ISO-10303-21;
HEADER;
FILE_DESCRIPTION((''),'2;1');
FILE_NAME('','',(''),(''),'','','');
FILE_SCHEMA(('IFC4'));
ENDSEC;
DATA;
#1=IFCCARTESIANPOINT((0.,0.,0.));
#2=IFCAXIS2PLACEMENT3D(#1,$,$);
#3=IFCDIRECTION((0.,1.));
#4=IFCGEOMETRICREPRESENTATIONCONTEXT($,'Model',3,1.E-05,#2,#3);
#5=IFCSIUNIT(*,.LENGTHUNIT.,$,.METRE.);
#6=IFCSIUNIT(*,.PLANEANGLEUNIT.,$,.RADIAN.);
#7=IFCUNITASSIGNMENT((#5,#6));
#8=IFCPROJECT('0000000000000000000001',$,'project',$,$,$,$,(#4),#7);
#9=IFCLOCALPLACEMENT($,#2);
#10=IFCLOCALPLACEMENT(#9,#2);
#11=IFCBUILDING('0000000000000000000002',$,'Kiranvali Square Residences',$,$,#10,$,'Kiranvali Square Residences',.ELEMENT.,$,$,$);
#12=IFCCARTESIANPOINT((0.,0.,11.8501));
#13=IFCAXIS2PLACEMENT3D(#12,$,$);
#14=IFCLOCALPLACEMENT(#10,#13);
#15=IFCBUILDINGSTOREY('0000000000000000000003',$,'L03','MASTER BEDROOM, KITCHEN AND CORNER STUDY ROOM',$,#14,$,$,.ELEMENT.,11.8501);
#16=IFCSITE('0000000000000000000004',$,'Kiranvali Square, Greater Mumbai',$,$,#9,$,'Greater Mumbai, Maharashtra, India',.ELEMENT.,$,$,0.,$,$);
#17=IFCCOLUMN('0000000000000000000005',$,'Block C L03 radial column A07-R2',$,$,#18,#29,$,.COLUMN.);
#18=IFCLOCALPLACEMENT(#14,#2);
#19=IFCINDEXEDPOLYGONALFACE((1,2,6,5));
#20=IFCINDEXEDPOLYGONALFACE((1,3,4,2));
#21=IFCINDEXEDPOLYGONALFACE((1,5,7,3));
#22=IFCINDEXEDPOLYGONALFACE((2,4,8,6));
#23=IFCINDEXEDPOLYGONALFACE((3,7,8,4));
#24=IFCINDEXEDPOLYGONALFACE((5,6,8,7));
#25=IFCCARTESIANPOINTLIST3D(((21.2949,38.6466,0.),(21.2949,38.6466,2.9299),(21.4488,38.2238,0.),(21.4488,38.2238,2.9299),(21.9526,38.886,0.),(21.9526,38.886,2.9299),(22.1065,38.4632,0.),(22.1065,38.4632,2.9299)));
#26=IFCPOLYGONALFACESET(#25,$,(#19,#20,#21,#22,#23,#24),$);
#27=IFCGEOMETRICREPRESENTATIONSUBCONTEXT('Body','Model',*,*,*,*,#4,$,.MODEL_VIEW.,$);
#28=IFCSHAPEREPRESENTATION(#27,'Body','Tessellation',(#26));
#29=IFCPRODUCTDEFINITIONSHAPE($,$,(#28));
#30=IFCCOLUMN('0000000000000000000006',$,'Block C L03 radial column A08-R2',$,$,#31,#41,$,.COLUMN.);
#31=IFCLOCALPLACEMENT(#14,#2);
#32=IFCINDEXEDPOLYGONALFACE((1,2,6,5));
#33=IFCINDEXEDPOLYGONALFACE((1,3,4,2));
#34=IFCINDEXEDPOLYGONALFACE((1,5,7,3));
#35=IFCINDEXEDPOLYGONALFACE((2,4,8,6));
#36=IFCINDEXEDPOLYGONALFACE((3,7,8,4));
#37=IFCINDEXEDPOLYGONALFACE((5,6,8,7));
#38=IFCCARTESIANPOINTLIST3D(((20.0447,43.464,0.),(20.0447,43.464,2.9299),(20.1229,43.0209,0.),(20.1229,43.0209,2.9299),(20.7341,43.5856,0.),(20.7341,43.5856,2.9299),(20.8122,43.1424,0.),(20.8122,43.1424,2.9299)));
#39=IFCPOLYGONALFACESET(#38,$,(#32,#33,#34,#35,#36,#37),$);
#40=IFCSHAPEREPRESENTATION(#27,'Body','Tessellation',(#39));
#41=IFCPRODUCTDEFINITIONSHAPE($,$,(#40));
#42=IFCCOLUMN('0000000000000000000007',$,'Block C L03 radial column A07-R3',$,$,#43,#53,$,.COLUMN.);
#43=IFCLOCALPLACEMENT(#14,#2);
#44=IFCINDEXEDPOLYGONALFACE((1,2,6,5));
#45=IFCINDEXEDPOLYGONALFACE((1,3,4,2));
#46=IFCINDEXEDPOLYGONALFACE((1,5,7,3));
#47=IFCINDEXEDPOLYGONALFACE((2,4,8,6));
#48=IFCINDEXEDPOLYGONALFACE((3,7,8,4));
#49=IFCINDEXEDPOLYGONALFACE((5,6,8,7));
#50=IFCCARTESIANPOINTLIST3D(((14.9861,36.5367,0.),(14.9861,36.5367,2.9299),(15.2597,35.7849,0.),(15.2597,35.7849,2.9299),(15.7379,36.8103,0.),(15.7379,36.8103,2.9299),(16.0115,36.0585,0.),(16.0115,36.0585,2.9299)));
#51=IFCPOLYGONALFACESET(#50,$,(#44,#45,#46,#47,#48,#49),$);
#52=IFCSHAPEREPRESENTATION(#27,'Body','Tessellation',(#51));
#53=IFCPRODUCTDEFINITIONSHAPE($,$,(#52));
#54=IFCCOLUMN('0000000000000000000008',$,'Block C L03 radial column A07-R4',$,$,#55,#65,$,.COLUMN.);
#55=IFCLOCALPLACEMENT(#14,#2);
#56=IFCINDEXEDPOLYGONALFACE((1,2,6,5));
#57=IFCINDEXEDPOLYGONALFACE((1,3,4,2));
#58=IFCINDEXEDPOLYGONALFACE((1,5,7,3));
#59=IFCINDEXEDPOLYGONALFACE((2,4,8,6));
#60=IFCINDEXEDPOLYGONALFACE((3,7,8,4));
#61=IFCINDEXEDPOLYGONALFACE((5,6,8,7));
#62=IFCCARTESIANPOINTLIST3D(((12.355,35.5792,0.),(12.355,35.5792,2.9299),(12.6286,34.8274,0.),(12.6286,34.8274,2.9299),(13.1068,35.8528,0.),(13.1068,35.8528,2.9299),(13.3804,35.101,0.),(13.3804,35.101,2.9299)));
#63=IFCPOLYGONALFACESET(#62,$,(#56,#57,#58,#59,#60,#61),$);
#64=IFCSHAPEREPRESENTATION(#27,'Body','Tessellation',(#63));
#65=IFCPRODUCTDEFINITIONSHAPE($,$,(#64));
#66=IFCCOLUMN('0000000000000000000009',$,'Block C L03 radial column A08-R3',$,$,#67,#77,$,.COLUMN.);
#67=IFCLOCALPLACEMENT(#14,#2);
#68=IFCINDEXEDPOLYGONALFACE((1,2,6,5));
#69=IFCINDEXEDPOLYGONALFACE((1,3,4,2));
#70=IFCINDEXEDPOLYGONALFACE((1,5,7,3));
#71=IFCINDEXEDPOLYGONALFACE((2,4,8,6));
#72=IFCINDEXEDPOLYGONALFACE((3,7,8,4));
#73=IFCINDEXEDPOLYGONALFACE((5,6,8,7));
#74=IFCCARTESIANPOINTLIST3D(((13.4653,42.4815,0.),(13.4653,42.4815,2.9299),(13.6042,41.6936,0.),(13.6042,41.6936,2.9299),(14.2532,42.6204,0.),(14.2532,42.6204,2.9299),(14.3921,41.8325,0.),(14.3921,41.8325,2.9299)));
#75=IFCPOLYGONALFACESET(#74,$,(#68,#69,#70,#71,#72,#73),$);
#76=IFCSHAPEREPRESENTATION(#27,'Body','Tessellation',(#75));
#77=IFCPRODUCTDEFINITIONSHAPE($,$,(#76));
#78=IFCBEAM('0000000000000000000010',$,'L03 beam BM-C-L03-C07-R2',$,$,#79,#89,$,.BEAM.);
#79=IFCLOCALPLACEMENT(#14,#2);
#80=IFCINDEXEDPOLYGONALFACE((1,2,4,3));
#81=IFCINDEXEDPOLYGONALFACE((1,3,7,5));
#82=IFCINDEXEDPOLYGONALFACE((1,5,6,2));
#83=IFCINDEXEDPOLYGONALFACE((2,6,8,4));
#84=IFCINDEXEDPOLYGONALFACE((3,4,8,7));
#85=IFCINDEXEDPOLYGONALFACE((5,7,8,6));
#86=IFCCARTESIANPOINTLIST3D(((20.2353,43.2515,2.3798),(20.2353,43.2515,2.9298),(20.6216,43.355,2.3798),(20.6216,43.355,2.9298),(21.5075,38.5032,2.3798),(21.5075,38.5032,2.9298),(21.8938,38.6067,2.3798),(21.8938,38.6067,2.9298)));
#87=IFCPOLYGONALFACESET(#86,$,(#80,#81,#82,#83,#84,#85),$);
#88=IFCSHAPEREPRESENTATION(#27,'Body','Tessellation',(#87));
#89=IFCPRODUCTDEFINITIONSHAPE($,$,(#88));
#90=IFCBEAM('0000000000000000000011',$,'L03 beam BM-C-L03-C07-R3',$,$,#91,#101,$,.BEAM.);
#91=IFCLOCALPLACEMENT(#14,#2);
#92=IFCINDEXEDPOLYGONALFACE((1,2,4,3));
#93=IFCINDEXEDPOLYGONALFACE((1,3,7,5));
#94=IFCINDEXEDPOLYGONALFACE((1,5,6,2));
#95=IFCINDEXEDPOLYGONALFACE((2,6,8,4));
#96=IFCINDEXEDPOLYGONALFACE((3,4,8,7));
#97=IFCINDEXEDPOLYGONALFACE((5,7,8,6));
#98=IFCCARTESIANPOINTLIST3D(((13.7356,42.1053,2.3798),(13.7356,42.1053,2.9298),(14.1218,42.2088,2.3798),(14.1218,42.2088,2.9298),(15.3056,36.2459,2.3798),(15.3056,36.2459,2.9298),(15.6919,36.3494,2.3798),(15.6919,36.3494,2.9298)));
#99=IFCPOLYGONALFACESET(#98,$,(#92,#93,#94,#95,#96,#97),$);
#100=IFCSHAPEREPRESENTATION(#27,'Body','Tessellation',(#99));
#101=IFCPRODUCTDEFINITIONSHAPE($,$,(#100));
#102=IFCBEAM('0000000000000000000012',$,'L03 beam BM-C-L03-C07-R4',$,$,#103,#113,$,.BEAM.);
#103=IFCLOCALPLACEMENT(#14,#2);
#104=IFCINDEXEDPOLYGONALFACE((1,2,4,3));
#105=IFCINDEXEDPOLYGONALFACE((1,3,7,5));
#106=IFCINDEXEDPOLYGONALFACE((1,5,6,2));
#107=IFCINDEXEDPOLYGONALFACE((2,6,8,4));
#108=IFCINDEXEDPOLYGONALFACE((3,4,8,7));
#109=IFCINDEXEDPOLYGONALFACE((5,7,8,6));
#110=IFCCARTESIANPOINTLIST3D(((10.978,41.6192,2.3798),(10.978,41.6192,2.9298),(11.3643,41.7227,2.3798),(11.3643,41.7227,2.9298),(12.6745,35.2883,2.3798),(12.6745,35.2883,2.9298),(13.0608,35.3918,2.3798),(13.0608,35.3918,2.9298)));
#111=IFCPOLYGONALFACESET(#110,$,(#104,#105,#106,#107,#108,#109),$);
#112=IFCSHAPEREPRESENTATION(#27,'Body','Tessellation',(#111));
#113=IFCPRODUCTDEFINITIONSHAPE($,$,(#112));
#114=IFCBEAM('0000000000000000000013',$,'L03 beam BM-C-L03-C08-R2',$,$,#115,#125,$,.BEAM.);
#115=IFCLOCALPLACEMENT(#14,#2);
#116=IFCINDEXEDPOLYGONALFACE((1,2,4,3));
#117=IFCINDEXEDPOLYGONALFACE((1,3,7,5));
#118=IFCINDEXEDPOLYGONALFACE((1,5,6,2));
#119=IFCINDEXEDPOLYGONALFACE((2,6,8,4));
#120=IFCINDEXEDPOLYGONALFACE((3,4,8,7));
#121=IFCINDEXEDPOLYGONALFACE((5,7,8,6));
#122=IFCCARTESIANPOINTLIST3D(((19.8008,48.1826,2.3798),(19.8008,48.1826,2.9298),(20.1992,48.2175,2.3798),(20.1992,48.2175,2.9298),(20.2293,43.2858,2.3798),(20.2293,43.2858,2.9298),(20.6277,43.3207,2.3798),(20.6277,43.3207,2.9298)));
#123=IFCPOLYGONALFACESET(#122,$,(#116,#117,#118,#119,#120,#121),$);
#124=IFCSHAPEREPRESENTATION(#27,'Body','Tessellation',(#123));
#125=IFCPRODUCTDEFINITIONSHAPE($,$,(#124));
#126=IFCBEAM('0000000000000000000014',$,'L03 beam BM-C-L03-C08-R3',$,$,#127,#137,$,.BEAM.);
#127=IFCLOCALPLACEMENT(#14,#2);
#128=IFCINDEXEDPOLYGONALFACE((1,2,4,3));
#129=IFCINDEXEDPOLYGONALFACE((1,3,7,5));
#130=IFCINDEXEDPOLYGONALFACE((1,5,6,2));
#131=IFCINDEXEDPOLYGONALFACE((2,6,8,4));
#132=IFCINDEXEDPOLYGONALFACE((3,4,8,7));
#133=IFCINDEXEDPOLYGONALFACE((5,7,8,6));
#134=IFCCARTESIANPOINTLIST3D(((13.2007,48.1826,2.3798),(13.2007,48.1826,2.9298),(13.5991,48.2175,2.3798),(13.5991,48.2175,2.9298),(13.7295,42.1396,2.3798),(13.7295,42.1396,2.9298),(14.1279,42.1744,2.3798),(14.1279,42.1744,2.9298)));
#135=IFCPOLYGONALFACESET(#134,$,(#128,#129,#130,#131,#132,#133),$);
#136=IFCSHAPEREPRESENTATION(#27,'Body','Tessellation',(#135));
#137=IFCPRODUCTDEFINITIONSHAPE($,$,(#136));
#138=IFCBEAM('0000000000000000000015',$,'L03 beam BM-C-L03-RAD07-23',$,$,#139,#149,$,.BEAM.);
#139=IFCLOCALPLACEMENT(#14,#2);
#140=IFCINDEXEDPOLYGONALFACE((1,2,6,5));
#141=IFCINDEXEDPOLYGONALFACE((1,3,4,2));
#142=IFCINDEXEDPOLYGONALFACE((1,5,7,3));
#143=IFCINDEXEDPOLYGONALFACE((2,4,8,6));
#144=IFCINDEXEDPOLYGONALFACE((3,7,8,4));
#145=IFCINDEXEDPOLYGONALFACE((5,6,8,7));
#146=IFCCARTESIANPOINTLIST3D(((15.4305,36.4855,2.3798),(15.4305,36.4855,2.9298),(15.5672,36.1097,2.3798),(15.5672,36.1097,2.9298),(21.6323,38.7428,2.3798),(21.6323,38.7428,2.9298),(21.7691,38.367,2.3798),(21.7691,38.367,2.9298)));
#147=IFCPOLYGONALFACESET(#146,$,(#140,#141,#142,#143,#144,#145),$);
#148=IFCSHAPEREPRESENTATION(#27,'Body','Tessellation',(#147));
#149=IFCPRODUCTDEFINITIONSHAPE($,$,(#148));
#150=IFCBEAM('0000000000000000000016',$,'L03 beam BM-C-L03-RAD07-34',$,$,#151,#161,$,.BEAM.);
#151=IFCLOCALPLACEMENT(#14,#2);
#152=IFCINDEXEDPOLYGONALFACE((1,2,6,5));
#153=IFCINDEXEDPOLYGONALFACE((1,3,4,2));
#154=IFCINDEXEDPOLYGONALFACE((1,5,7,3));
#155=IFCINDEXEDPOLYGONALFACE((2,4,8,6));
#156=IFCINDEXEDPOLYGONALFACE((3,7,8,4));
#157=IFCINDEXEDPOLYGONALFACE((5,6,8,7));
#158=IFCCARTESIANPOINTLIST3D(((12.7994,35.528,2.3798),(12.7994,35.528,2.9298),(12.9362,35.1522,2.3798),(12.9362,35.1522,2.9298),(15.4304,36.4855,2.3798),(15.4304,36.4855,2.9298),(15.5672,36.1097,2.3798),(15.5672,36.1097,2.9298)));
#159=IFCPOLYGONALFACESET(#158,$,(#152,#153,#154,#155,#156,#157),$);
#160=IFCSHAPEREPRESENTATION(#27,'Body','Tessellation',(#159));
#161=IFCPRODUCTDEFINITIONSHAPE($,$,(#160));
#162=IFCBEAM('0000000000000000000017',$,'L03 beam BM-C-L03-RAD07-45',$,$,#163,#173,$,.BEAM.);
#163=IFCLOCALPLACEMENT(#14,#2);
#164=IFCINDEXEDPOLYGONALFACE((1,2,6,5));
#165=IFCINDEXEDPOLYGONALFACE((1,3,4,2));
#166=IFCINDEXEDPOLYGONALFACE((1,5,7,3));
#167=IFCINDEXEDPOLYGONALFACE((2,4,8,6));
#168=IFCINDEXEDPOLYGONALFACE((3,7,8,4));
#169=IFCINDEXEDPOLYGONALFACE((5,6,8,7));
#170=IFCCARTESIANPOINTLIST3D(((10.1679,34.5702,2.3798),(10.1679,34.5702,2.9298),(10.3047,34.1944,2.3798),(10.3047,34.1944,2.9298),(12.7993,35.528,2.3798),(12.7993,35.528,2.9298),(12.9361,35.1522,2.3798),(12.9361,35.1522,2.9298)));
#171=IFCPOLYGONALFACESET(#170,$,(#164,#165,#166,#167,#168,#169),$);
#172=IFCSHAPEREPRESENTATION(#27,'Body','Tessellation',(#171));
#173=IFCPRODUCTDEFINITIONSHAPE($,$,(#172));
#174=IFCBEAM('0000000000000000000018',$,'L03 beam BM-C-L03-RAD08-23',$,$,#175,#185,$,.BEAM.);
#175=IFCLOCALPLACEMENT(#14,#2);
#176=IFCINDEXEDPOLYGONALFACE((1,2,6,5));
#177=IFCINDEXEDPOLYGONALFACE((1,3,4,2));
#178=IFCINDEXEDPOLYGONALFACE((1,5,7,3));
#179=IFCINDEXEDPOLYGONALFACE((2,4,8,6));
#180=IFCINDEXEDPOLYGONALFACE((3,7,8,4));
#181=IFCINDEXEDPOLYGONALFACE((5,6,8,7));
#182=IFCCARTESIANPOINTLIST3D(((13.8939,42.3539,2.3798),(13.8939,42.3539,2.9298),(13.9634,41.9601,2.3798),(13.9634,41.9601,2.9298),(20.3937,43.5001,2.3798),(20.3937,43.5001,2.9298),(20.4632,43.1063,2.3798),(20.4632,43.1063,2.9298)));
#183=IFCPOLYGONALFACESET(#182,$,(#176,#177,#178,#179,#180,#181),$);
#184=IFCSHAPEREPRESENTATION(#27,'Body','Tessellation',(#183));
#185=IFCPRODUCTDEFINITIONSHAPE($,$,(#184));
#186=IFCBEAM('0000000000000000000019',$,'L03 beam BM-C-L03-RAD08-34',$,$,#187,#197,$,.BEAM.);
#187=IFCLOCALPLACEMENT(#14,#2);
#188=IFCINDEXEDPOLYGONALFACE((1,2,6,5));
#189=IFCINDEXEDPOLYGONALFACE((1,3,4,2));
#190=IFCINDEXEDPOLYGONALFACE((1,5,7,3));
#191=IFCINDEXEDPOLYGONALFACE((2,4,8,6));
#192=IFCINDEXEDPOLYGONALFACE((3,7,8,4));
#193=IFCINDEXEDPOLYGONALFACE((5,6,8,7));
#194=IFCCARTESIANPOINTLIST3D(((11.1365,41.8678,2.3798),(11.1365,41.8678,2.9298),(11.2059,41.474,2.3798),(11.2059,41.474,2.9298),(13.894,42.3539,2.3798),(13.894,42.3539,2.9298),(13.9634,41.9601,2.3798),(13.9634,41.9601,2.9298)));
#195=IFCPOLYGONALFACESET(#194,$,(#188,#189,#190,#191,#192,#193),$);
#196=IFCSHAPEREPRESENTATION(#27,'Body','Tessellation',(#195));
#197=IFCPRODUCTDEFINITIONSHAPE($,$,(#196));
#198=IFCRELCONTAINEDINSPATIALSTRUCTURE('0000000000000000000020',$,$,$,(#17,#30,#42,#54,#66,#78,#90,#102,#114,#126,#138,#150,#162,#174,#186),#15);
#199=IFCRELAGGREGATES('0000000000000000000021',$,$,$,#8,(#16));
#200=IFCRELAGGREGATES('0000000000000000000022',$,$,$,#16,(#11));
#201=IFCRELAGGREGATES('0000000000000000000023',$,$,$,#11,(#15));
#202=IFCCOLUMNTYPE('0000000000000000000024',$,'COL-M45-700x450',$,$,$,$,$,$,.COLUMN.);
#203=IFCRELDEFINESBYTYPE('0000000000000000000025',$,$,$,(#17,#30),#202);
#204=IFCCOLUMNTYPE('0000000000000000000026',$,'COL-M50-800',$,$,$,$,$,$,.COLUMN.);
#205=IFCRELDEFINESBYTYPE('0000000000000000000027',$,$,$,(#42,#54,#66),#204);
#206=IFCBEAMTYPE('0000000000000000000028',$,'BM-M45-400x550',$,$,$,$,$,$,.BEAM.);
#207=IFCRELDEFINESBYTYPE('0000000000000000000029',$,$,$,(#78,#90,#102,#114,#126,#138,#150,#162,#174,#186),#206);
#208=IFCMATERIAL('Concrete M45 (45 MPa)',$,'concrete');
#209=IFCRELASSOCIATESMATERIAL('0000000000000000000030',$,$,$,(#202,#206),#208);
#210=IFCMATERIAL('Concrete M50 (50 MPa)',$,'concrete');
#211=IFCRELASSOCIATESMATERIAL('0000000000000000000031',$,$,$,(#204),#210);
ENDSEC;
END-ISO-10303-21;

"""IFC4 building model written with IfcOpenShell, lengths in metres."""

from ifc_helpers import new_model, si_unit, direction, frame, origin, origin_2d, place, context, subcontext, project, spatial, rectangle, extrude, material, material_profile, profile_set, type_object, element, save


model = new_model("IFC4")

# Units and contexts
model_context = context("Model", 3, precision=1e-05, world=origin(), true_north=direction((0.0, 1.0)))
body_context = subcontext(model_context, "Body", "Model", "MODEL_VIEW")
ifc_project = project(units=[si_unit("LENGTHUNIT", "METRE"), si_unit("PLANEANGLEUNIT", "RADIAN")], contexts=[model_context])

# Site, building, storey
site_placement = place(None, origin())
site = spatial("IfcSite", under=ifc_project, at=site_placement, Name="Kiranvali Square, Greater Mumbai", LongName="Greater Mumbai, Maharashtra, India", CompositionType="ELEMENT", RefElevation=0.0)
building_placement = place(site_placement, origin())
building = spatial("IfcBuilding", under=site, at=building_placement, Name="Kiranvali Square Residences", LongName="Kiranvali Square Residences", CompositionType="ELEMENT")
storey_placement = place(building_placement, frame((0.0, 0.0, 11.8501)))
storey = spatial("IfcBuildingStorey", under=building, at=storey_placement, Name="L03", Description="MASTER BEDROOM, KITCHEN AND CORNER STUDY ROOM", CompositionType="ELEMENT", Elevation=11.8501)

# Columns
ifc_material_1 = material(Name="Concrete M45 (45 MPa)", Category="concrete")
ifc_material_profile_1 = material_profile(ifc_material_1, rectangle(XDim=0.45, YDim=0.7, at=origin_2d()), Name="RC 700x450")
ifc_profile_set_1 = profile_set([ifc_material_profile_1], Name="Concrete M45 (45 MPa)")
column_type_1 = type_object("IfcColumnType", Name="COL-M45-700x450", PredefinedType="COLUMN", material=ifc_profile_set_1)
for number, where, z_axis, x_axis, name in (
    (1, (21.7007, 38.5549, 0.0), (0.0, 0.0, 1.0), (-0.34202, 0.939693, 0.0), "Block C L03 radial column A07-R2"),
    (2, (20.4285, 43.3032, 0.0), (0.0, 0.0, 1.0), (-0.173648, 0.984808, 0.0), "Block C L03 radial column A08-R2"),
):
    element("IfcColumn", number, at=place(storey_placement, frame(where, z_axis=z_axis, x_axis=x_axis)), inside=storey, type_object=column_type_1, Name=name, PredefinedType="COLUMN", context=body_context, shape_type="SweptSolid", body=[
        extrude(rectangle(XDim=0.45, YDim=0.7, at=origin_2d()), origin(), (0.0, 0.0, 1.0), 2.9299),
    ])
ifc_material_2 = material(Name="Concrete M50 (50 MPa)", Category="concrete")
ifc_material_profile_2 = material_profile(ifc_material_2, rectangle(XDim=0.8, YDim=0.8, at=origin_2d()), Name="RC 800x800")
ifc_profile_set_2 = profile_set([ifc_material_profile_2], Name="Concrete M50 (50 MPa)")
column_type_2 = type_object("IfcColumnType", Name="COL-M50-800", PredefinedType="COLUMN", material=ifc_profile_set_2)
for number, where, z_axis, x_axis, name in (
    (3, (15.4988, 36.2976, 0.0), (0.0, 0.0, 1.0), (-0.34202, 0.939693, 0.0), "Block C L03 radial column A07-R3"),
    (4, (12.8677, 35.3401, 0.0), (0.0, 0.0, 1.0), (-0.34202, 0.939693, 0.0), "Block C L03 radial column A07-R4"),
    (5, (13.9287, 42.157, 0.0), (0.0, 0.0, 1.0), (-0.173648, 0.984808, 0.0), "Block C L03 radial column A08-R3"),
):
    element("IfcColumn", number, at=place(storey_placement, frame(where, z_axis=z_axis, x_axis=x_axis)), inside=storey, type_object=column_type_2, Name=name, PredefinedType="COLUMN", context=body_context, shape_type="SweptSolid", body=[
        extrude(rectangle(XDim=0.8, YDim=0.8, at=origin_2d()), origin(), (0.0, 0.0, 1.0), 2.9299),
    ])

# Beams
ifc_material_profile_3 = material_profile(ifc_material_1, rectangle(XDim=0.3999, YDim=0.55, at=origin_2d()), Name="RC 400x550")
ifc_profile_set_3 = profile_set([ifc_material_profile_3], Name="Concrete M45 (45 MPa)")
beam_type = type_object("IfcBeamType", Name="BM-M45-400x550", PredefinedType="BEAM", material=ifc_profile_set_3)
beam_1_placement = place(storey_placement, frame((21.7007, 38.5549, 2.6548), z_axis=(-0.258803, 0.96593, 0.0), x_axis=(-0.96593, -0.258803, 0.0)))
element("IfcBeam", 6, at=beam_1_placement, inside=storey, type_object=beam_type, Name="L03 beam BM-C-L03-C07-R2", PredefinedType="BEAM", context=body_context, shape_type="SweptSolid", body=[
    extrude(rectangle(XDim=0.3999, YDim=0.55, at=origin_2d()), origin(), (0.0, 0.0, 1.0), 4.9158),
])
beam_2_placement = place(storey_placement, frame((15.4988, 36.2976, 2.6548), z_axis=(-0.258827, 0.965924, 0.0), x_axis=(-0.965924, -0.258827, 0.0)))
element("IfcBeam", 7, at=beam_2_placement, inside=storey, type_object=beam_type, Name="L03 beam BM-C-L03-C07-R3", PredefinedType="BEAM", context=body_context, shape_type="SweptSolid", body=[
    extrude(rectangle(XDim=0.3999, YDim=0.55, at=origin_2d()), origin(), (0.0, 0.0, 1.0), 6.0662),
])
beam_3_placement = place(storey_placement, frame((12.8677, 35.3401, 2.6548), z_axis=(-0.258847, 0.965918, 0.0), x_axis=(-0.965918, -0.258847, 0.0)))
element("IfcBeam", 8, at=beam_3_placement, inside=storey, type_object=beam_type, Name="L03 beam BM-C-L03-C07-R4", PredefinedType="BEAM", context=body_context, shape_type="SweptSolid", body=[
    extrude(rectangle(XDim=0.3999, YDim=0.55, at=origin_2d()), origin(), (0.0, 0.0, 1.0), 6.5542),
])
beam_4_placement = place(storey_placement, frame((20.4285, 43.3032, 2.6548), z_axis=(-0.087168, 0.996194, 0.0), x_axis=(-0.996194, -0.087168, 0.0)))
element("IfcBeam", 9, at=beam_4_placement, inside=storey, type_object=beam_type, Name="L03 beam BM-C-L03-C08-R2", PredefinedType="BEAM", context=body_context, shape_type="SweptSolid", body=[
    extrude(rectangle(XDim=0.3999, YDim=0.55, at=origin_2d()), origin(), (0.0, 0.0, 1.0), 4.9155),
])
beam_5_placement = place(storey_placement, frame((13.9287, 42.157, 2.6548), z_axis=(-0.087175, 0.996193, 0.0), x_axis=(-0.996193, -0.087175, 0.0)))
element("IfcBeam", 10, at=beam_5_placement, inside=storey, type_object=beam_type, Name="L03 beam BM-C-L03-C08-R3", PredefinedType="BEAM", context=body_context, shape_type="SweptSolid", body=[
    extrude(rectangle(XDim=0.3999, YDim=0.55, at=origin_2d()), origin(), (0.0, 0.0, 1.0), 6.0662),
])
beam_6_placement = place(storey_placement, frame((21.7007, 38.5549, 2.6548), z_axis=(-0.939692, -0.342022, 0.0), x_axis=(0.342022, -0.939692, 0.0)))
element("IfcBeam", 11, at=beam_6_placement, inside=storey, type_object=beam_type, Name="L03 beam BM-C-L03-RAD07-23", PredefinedType="BEAM", context=body_context, shape_type="SweptSolid", body=[
    extrude(rectangle(XDim=0.3999, YDim=0.55, at=origin_2d()), origin(), (0.0, 0.0, 1.0), 6.5999),
])
beam_7_placement = place(storey_placement, frame((15.4988, 36.2976, 2.6548), z_axis=(-0.939707, -0.341981, 0.0), x_axis=(0.341981, -0.939707, 0.0)))
element("IfcBeam", 12, at=beam_7_placement, inside=storey, type_object=beam_type, Name="L03 beam BM-C-L03-RAD07-34", PredefinedType="BEAM", context=body_context, shape_type="SweptSolid", body=[
    extrude(rectangle(XDim=0.3999, YDim=0.55, at=origin_2d()), origin(), (0.0, 0.0, 1.0), 2.7998),
])
beam_8_placement = place(storey_placement, frame((12.8677, 35.3401, 2.6548), z_axis=(-0.939689, -0.34203, 0.0), x_axis=(0.34203, -0.939689, 0.0)))
element("IfcBeam", 13, at=beam_8_placement, inside=storey, type_object=beam_type, Name="L03 beam BM-C-L03-RAD07-45", PredefinedType="BEAM", context=body_context, shape_type="SweptSolid", body=[
    extrude(rectangle(XDim=0.3999, YDim=0.55, at=origin_2d()), origin(), (0.0, 0.0, 1.0), 2.8003),
])
beam_9_placement = place(storey_placement, frame((20.4285, 43.3032, 2.6548), z_axis=(-0.984804, -0.173671, 0.0), x_axis=(0.173671, -0.984804, 0.0)))
element("IfcBeam", 14, at=beam_9_placement, inside=storey, type_object=beam_type, Name="L03 beam BM-C-L03-RAD08-23", PredefinedType="BEAM", context=body_context, shape_type="SweptSolid", body=[
    extrude(rectangle(XDim=0.3999, YDim=0.55, at=origin_2d()), origin(), (0.0, 0.0, 1.0), 6.6001),
])
beam_10_placement = place(storey_placement, frame((13.9287, 42.157, 2.6548), z_axis=(-0.984817, -0.173596, 0.0), x_axis=(0.173596, -0.984817, 0.0)))
element("IfcBeam", 15, at=beam_10_placement, inside=storey, type_object=beam_type, Name="L03 beam BM-C-L03-RAD08-34", PredefinedType="BEAM", context=body_context, shape_type="SweptSolid", body=[
    extrude(rectangle(XDim=0.3999, YDim=0.55, at=origin_2d()), origin(), (0.0, 0.0, 1.0), 2.8),
])

save(model, "model.ifc")
